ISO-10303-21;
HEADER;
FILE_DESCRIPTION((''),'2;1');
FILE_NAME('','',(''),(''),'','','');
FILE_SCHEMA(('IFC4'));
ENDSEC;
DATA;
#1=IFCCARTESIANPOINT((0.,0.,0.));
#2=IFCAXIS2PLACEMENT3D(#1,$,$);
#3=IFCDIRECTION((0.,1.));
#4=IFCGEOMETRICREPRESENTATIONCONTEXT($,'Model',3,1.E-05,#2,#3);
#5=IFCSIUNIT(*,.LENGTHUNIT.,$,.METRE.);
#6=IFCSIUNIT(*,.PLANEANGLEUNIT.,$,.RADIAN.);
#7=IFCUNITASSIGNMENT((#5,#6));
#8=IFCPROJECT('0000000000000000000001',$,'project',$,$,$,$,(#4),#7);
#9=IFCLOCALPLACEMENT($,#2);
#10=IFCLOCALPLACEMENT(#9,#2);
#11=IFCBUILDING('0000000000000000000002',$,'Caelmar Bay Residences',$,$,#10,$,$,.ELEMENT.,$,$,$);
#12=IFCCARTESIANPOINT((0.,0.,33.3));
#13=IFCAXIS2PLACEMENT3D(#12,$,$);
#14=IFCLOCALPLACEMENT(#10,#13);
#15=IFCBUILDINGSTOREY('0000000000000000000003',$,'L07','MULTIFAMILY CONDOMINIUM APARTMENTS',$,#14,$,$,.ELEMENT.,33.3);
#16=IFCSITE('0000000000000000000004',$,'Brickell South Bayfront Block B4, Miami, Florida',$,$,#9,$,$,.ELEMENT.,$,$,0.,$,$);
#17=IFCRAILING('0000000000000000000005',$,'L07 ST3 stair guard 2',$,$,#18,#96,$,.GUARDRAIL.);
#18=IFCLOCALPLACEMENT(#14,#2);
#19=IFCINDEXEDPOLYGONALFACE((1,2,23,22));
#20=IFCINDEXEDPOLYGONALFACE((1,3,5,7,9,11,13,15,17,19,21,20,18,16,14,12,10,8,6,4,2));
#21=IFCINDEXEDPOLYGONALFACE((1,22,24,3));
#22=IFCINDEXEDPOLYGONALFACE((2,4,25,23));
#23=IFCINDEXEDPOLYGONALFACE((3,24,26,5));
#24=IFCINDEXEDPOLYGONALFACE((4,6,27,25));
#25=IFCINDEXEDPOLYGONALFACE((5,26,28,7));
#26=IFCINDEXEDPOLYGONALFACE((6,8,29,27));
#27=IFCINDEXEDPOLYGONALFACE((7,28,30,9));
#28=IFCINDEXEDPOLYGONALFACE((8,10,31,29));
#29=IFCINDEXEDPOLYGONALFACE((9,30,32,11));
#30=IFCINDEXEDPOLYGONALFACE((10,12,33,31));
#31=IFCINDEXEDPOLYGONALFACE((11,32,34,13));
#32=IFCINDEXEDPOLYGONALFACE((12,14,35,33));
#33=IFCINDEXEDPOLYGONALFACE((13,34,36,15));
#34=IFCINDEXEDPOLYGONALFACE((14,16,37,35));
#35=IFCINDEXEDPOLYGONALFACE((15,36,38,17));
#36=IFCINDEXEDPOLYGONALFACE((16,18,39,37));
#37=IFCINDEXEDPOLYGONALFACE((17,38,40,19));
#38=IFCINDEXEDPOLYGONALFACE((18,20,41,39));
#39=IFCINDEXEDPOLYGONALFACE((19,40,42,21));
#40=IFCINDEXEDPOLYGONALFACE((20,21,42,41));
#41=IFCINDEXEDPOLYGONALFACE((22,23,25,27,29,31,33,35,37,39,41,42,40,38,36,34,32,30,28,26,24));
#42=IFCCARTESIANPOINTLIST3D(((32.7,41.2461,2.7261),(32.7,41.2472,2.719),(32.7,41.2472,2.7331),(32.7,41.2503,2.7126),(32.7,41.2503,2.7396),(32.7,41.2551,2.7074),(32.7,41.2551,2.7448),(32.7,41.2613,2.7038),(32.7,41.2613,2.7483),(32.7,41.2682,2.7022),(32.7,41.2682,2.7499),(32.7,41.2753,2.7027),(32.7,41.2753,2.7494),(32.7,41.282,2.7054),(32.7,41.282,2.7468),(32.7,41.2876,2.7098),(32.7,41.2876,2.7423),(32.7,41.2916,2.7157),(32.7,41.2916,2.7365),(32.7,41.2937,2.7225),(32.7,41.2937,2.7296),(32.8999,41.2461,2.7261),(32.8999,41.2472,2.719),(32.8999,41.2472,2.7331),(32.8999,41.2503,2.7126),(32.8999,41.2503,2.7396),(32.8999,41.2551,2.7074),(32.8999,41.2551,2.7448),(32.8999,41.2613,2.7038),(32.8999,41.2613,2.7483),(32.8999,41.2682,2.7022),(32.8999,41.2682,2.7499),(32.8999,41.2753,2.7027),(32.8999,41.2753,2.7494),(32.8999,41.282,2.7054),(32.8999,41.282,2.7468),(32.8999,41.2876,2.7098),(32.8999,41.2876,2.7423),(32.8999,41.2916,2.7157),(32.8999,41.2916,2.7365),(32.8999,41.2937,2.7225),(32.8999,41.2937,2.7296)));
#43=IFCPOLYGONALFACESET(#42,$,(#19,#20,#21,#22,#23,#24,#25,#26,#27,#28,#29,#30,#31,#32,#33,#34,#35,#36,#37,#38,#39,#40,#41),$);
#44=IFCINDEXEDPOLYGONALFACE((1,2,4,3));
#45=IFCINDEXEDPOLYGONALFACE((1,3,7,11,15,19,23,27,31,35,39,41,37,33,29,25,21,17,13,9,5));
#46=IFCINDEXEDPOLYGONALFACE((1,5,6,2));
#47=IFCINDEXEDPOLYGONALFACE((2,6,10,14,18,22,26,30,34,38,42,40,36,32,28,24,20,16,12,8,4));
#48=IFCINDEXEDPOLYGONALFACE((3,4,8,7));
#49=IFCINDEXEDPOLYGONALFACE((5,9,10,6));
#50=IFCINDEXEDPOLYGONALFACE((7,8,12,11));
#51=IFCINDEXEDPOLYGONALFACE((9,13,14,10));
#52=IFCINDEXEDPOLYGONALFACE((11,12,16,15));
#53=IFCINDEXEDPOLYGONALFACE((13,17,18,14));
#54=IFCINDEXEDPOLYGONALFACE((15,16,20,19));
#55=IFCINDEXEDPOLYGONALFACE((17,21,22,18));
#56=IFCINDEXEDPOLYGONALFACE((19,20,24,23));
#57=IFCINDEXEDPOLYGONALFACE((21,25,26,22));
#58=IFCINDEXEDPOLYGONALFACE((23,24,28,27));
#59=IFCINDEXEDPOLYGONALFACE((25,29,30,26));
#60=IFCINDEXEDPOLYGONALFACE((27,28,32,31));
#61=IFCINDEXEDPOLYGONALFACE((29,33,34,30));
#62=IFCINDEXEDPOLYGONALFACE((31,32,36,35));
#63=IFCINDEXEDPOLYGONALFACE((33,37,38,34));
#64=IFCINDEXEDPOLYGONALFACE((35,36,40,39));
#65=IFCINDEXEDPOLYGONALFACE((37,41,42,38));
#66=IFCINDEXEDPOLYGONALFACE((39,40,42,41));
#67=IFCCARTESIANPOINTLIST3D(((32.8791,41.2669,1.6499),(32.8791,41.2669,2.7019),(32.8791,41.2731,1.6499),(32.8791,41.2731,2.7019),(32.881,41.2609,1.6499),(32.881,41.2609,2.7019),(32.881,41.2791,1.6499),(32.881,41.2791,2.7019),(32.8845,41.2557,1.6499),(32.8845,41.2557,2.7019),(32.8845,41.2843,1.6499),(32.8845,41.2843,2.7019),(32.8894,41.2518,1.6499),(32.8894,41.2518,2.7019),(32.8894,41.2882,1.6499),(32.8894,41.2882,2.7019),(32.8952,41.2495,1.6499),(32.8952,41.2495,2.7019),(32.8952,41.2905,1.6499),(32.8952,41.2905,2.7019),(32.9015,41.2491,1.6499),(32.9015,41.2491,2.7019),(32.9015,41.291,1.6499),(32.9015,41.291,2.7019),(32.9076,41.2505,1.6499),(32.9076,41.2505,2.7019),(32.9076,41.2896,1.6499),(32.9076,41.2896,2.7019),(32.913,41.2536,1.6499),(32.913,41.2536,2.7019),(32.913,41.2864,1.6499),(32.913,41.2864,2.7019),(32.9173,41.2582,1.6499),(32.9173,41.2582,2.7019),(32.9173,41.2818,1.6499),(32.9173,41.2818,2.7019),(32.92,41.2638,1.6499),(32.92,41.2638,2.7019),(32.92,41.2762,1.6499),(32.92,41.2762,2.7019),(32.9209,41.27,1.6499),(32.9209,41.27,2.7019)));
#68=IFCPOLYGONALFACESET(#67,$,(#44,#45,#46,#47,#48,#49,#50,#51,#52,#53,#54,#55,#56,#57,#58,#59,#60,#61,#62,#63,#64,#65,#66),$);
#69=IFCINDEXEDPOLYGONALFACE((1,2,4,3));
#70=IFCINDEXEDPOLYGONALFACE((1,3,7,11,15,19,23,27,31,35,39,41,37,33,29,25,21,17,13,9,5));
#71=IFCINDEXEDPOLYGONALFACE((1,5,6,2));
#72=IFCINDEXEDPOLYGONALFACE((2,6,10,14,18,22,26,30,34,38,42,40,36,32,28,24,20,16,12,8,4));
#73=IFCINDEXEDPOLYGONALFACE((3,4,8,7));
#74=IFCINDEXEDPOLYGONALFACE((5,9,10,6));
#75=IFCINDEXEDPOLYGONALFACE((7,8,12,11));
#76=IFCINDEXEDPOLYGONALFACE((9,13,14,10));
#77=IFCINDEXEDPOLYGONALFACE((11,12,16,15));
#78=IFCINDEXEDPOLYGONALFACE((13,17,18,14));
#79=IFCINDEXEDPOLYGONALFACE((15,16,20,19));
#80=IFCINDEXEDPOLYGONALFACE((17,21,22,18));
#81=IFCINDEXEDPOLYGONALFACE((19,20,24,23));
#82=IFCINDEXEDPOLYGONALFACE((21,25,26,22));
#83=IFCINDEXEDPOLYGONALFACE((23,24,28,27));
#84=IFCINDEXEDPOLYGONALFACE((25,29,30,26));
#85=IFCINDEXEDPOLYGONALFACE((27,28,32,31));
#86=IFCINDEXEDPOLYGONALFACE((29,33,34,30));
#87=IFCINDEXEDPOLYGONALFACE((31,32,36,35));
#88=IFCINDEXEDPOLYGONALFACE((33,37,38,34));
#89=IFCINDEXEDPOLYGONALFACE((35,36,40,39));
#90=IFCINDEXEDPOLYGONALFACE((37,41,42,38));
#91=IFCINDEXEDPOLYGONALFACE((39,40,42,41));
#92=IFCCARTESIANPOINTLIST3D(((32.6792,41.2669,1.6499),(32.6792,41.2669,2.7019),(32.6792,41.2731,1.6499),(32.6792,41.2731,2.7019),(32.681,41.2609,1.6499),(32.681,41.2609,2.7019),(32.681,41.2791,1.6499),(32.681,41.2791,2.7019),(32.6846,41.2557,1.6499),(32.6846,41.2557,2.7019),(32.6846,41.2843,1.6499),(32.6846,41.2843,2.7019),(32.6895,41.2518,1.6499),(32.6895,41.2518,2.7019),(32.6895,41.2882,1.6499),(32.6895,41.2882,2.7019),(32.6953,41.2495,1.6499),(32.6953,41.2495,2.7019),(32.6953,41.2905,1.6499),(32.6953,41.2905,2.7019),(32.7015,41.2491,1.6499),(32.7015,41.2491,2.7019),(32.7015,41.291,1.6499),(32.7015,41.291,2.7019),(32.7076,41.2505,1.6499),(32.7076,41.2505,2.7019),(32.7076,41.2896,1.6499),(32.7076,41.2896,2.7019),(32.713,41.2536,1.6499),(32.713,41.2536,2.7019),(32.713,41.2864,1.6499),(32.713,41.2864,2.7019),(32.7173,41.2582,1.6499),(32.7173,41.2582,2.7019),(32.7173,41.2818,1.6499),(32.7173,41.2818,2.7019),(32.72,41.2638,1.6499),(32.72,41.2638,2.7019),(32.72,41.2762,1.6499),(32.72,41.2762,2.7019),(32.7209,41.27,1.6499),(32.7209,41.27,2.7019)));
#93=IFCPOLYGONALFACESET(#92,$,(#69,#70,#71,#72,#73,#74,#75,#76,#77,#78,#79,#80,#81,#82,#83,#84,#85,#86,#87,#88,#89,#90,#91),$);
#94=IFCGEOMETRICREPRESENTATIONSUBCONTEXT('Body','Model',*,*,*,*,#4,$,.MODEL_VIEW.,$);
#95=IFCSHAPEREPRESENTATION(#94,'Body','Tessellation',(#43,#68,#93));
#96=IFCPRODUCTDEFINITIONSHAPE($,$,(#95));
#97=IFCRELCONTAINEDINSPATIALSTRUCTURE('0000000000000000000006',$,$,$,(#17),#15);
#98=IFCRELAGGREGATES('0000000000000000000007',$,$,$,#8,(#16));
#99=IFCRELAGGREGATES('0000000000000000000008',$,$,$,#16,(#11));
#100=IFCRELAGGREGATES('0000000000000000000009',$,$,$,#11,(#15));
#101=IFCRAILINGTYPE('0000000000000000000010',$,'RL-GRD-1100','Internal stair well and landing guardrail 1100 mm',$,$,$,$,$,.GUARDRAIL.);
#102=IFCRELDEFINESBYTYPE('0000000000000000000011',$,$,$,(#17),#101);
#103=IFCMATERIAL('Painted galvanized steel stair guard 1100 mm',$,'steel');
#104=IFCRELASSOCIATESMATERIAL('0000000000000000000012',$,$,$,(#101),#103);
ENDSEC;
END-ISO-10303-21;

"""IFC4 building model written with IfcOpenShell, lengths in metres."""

from ifc_helpers import new_model, si_unit, direction, frame, origin, origin_2d, place, context, subcontext, project, spatial, circle, extrude, material, type_object, element, save


model = new_model("IFC4")

# Units and contexts
model_context = context("Model", 3, precision=1e-05, world=origin(), true_north=direction((0.0, 1.0)))
body_context = subcontext(model_context, "Body", "Model", "MODEL_VIEW")
ifc_project = project(units=[si_unit("LENGTHUNIT", "METRE"), si_unit("PLANEANGLEUNIT", "RADIAN")], contexts=[model_context])

# Site, building, storey
site_placement = place(None, origin())
site = spatial("IfcSite", under=ifc_project, at=site_placement, Name="Brickell South Bayfront Block B4, Miami, Florida", CompositionType="ELEMENT", RefElevation=0.0)
building_placement = place(site_placement, origin())
building = spatial("IfcBuilding", under=site, at=building_placement, Name="Caelmar Bay Residences", CompositionType="ELEMENT")
storey_placement = place(building_placement, frame((0.0, 0.0, 33.3)))
storey = spatial("IfcBuildingStorey", under=building, at=storey_placement, Name="L07", Description="MULTIFAMILY CONDOMINIUM APARTMENTS", CompositionType="ELEMENT", Elevation=33.3)

# Railing
ifc_material_1 = material(Name="Painted galvanized steel stair guard 1100 mm", Category="steel")
railing_type_1 = type_object("IfcRailingType", Name="RL-GRD-1100", Description="Internal stair well and landing guardrail 1100 mm", PredefinedType="GUARDRAIL", material=ifc_material_1)
railing_1_placement = place(storey_placement, frame((32.8999, 41.27, 1.6499)))
element("IfcRailing", 1, at=railing_1_placement, inside=storey, type_object=railing_type_1, Name="L07 ST3 stair guard 2", PredefinedType="GUARDRAIL", context=body_context, shape_type="SweptSolid", body=[
    extrude(circle(Radius=0.0239, at=origin_2d()), frame((0.0, 0.0, 1.0762), z_axis=(-1.0, 0.0, 0.0), x_axis=(0.0, -1.0, 0.0)), (0.0, 0.0, 1.0), 0.2),
    extrude(circle(Radius=0.021, at=origin_2d()), origin(), (0.0, 0.0, 1.0), 1.052),
    extrude(circle(Radius=0.021, at=origin_2d()), frame((-0.2, 0.0, 0.0)), (0.0, 0.0, 1.0), 1.052),
])

save(model, "model.ifc")
